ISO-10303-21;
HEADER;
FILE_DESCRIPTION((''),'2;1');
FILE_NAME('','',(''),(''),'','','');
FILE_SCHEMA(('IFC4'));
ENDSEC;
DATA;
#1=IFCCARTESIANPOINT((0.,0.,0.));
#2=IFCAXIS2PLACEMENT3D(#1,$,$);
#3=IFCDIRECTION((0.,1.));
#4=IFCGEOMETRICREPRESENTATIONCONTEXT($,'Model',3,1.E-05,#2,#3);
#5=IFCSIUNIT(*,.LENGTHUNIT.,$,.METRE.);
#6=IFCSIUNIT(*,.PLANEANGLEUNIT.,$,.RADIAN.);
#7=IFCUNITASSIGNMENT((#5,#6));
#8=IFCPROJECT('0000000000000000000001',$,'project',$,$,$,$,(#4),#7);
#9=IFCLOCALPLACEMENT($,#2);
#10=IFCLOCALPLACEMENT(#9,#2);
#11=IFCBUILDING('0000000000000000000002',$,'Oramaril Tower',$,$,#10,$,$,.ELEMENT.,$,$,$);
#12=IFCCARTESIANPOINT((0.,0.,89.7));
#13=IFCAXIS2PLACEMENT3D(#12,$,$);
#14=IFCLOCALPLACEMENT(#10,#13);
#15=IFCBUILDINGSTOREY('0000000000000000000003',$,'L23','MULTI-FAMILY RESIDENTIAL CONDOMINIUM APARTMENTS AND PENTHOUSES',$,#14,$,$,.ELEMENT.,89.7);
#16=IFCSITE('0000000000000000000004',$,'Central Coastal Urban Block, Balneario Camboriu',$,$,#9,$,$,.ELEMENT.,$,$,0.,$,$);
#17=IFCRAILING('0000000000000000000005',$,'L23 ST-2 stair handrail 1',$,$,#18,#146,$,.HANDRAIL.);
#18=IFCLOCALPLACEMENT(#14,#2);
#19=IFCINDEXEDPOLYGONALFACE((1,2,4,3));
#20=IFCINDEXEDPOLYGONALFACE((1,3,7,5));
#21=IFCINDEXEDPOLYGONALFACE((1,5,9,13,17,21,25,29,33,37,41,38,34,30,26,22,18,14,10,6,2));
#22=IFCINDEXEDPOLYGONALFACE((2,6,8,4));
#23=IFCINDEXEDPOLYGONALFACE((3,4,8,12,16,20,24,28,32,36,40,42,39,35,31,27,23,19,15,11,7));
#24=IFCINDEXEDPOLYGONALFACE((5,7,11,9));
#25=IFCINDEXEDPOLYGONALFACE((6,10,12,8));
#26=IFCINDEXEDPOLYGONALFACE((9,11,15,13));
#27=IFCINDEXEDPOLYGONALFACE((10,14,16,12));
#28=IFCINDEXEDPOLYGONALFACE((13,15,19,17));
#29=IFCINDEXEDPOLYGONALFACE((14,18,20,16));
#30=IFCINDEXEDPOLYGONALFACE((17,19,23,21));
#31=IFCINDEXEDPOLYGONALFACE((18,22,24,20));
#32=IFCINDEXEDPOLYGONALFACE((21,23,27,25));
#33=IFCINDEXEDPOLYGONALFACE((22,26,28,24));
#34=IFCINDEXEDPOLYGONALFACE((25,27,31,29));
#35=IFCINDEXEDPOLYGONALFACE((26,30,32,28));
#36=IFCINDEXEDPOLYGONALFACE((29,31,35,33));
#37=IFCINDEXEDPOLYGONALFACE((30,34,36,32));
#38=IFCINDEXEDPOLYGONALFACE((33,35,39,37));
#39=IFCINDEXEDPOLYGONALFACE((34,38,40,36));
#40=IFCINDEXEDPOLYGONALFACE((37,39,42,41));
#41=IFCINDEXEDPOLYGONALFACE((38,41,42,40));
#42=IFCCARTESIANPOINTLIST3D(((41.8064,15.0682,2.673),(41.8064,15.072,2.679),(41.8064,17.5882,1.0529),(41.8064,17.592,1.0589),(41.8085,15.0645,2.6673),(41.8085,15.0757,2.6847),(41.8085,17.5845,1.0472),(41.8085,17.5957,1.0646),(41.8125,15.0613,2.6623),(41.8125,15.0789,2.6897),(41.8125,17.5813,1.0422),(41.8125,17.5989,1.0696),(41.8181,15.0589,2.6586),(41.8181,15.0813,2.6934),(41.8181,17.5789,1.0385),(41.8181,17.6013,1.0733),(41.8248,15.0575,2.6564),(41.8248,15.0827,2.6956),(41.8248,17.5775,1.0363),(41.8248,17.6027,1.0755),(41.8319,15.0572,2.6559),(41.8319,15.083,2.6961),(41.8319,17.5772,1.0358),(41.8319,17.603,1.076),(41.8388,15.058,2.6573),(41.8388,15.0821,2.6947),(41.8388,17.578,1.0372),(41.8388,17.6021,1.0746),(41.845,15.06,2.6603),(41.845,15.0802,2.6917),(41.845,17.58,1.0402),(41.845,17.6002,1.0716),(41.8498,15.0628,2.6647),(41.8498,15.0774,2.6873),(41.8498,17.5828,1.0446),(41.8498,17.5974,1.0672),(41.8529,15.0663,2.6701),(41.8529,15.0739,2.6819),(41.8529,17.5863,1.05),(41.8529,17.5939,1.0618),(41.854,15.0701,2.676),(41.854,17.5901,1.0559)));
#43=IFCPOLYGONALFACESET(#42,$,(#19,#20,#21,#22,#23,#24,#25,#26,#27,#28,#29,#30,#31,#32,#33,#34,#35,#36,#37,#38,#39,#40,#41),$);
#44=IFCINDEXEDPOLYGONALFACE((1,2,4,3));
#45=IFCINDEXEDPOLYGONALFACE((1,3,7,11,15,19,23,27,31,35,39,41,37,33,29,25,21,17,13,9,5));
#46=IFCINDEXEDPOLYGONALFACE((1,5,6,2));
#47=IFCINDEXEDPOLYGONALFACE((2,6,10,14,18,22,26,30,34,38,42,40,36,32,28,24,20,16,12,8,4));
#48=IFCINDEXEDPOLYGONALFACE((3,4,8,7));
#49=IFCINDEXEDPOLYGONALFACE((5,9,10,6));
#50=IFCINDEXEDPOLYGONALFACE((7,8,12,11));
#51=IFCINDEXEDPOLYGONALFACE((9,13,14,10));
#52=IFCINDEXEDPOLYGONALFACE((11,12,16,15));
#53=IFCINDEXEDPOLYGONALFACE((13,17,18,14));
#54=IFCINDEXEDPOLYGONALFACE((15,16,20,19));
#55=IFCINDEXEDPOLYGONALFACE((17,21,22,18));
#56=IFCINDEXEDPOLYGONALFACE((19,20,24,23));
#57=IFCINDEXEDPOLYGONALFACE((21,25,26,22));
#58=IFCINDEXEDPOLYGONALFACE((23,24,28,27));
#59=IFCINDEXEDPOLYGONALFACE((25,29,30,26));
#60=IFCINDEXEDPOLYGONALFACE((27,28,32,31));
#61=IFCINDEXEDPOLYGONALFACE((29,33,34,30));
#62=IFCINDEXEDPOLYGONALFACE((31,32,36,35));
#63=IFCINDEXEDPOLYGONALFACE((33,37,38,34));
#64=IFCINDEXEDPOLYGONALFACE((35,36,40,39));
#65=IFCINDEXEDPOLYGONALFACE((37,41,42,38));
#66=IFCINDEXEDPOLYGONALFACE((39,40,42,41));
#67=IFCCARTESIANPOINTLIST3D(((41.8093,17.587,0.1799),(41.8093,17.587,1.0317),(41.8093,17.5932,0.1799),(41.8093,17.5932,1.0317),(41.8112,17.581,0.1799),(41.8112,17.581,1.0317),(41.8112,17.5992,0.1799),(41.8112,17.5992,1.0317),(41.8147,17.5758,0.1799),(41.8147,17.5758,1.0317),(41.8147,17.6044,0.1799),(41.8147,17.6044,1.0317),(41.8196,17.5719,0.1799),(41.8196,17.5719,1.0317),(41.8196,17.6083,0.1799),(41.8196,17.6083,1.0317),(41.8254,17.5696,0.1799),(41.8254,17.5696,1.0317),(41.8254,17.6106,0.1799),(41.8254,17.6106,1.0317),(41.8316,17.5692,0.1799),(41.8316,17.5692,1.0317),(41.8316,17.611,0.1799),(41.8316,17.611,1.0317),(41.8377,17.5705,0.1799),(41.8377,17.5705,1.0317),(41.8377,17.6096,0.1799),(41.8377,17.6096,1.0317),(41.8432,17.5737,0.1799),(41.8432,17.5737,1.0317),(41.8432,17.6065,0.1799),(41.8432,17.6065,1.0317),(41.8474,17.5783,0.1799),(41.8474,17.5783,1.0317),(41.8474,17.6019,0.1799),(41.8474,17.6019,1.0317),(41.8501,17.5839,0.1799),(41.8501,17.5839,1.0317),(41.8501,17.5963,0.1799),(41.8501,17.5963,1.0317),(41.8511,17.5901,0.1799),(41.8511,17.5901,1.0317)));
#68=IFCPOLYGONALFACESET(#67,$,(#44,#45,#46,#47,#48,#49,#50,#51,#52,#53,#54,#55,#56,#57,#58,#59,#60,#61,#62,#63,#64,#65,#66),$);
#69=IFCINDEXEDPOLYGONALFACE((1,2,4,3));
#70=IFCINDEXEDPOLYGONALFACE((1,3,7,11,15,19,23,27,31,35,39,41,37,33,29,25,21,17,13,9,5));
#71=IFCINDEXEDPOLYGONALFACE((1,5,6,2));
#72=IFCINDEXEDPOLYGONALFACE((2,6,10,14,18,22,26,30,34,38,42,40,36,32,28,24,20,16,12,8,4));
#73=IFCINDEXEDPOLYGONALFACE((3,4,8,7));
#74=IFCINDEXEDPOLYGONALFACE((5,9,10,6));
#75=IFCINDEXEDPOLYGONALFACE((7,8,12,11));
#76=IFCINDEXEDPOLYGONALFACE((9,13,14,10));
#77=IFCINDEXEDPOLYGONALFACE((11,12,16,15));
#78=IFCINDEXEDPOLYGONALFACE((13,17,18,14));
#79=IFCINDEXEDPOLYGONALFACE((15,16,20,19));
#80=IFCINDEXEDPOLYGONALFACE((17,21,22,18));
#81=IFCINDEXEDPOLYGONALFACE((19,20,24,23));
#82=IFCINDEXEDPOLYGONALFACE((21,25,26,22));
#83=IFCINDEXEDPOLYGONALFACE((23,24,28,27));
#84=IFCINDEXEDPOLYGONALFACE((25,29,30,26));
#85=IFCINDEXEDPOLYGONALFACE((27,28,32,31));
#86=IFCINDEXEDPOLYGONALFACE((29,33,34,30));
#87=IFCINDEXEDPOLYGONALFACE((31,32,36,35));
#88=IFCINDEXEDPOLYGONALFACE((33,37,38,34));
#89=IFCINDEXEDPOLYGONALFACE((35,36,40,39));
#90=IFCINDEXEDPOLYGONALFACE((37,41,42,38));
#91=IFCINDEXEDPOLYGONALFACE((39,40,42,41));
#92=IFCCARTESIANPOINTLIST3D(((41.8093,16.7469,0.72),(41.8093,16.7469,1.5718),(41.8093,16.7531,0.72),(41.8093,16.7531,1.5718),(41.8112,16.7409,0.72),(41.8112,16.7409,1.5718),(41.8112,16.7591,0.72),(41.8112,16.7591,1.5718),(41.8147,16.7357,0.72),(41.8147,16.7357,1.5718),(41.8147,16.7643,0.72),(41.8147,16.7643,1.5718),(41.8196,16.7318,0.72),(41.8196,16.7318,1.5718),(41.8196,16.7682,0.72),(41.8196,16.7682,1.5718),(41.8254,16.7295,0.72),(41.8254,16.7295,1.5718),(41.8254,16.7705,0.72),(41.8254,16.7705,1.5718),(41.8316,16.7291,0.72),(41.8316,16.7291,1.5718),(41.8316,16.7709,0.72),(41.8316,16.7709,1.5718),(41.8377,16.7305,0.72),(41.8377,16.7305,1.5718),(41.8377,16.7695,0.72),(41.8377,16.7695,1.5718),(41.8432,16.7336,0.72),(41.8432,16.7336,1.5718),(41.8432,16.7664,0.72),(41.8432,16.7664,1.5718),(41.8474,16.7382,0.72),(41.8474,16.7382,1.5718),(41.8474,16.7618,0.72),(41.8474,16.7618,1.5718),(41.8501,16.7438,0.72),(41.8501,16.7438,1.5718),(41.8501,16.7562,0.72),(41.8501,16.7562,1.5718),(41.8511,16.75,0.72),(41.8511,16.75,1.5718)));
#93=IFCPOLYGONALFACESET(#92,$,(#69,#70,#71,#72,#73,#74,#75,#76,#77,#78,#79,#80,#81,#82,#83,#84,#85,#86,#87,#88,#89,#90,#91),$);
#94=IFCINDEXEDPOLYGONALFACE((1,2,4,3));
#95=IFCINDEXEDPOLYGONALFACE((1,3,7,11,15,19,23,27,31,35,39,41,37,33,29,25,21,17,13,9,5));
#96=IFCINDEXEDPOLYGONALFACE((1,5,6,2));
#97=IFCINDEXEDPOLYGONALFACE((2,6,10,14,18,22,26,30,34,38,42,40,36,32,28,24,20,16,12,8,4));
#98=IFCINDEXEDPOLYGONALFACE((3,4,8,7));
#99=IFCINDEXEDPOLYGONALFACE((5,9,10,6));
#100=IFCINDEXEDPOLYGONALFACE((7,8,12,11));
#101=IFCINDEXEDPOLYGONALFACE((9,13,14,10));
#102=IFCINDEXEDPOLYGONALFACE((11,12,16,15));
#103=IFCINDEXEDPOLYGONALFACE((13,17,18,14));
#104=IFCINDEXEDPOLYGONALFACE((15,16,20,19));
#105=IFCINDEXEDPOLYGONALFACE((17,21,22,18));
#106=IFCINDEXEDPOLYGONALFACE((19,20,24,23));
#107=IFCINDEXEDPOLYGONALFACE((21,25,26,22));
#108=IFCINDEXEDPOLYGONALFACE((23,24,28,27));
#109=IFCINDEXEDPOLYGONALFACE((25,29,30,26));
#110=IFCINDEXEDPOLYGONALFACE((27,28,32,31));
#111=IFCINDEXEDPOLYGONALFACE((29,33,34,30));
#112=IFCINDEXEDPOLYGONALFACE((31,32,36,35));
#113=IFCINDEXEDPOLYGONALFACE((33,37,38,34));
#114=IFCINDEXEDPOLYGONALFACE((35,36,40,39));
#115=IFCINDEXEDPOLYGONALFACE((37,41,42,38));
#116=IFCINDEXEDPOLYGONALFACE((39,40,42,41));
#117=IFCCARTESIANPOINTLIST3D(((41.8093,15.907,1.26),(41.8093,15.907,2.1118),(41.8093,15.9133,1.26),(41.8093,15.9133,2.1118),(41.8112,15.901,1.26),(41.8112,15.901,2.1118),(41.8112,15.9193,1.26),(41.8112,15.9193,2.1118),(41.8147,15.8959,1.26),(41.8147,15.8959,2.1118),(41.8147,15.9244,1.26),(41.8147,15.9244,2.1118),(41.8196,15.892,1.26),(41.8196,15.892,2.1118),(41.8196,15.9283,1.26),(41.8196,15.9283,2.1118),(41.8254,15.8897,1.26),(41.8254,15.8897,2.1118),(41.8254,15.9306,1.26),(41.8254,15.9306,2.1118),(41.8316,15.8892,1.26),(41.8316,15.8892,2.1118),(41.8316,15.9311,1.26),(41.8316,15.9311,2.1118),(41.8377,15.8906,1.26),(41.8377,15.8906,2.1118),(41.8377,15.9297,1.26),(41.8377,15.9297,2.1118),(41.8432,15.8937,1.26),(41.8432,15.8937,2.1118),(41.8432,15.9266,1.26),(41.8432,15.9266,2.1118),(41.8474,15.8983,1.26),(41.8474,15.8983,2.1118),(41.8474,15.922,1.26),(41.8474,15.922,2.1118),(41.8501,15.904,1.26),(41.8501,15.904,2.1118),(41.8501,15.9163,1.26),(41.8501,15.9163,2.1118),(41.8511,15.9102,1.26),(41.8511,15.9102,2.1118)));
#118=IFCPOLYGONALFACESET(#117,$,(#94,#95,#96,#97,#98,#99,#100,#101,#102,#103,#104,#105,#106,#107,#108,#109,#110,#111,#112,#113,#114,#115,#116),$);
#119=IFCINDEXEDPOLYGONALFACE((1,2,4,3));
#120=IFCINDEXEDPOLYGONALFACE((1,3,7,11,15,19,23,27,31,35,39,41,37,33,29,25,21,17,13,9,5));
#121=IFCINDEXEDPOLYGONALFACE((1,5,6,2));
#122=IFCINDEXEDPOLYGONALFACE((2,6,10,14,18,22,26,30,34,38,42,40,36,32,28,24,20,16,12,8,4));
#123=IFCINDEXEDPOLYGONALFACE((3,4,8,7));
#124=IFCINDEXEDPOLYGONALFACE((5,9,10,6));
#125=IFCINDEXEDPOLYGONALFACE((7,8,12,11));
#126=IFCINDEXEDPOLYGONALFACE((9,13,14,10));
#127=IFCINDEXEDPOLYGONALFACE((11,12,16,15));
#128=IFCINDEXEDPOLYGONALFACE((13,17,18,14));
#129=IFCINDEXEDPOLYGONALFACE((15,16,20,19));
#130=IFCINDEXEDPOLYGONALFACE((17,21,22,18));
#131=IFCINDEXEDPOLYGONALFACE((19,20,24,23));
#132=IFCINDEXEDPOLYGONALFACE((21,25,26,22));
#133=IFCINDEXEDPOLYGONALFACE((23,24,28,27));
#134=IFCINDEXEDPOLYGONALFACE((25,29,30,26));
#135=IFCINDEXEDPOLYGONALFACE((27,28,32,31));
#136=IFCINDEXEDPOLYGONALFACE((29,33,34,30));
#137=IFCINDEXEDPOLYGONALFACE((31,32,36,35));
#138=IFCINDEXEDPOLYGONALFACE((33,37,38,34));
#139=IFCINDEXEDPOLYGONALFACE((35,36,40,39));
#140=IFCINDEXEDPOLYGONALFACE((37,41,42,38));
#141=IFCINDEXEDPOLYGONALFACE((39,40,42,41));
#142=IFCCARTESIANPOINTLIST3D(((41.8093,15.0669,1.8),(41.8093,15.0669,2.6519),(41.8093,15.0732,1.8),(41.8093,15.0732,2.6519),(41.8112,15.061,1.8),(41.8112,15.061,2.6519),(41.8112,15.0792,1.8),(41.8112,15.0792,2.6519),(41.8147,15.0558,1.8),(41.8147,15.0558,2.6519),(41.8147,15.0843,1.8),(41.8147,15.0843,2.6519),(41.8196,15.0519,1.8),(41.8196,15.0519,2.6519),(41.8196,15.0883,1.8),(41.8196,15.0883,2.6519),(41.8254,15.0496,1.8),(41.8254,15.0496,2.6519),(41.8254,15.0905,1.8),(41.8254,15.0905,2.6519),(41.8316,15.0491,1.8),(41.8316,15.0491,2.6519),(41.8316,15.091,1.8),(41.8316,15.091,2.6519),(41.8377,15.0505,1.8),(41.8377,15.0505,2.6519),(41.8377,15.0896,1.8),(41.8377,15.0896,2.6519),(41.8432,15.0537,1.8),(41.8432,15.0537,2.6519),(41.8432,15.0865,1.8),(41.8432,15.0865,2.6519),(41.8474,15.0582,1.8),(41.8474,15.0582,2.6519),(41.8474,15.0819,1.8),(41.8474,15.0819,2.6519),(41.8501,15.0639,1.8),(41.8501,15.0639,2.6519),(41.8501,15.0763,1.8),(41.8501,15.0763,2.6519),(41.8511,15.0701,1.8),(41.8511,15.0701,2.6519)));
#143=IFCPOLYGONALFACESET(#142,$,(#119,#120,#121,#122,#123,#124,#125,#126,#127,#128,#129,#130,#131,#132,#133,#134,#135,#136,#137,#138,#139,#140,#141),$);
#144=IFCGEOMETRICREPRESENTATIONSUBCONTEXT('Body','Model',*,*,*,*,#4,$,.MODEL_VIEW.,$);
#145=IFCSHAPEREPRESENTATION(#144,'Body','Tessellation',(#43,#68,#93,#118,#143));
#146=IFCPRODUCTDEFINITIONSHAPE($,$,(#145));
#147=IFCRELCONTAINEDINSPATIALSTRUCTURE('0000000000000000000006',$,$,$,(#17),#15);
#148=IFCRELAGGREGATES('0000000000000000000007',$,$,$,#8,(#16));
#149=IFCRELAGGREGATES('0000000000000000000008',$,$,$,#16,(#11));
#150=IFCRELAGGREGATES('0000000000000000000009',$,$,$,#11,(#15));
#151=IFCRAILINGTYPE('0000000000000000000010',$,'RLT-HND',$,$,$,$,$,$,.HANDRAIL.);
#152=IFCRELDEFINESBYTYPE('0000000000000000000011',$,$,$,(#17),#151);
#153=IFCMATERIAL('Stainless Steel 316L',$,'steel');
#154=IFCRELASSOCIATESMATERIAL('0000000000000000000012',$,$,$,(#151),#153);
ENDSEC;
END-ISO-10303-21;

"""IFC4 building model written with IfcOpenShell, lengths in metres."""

from ifc_helpers import new_model, si_unit, direction, frame, origin, origin_2d, place, context, subcontext, project, spatial, circle, extrude, material, type_object, element, save


model = new_model("IFC4")

# Units and contexts
model_context = context("Model", 3, precision=1e-05, world=origin(), true_north=direction((0.0, 1.0)))
body_context = subcontext(model_context, "Body", "Model", "MODEL_VIEW")
ifc_project = project(units=[si_unit("LENGTHUNIT", "METRE"), si_unit("PLANEANGLEUNIT", "RADIAN")], contexts=[model_context])

# Site, building, storey
site_placement = place(None, origin())
site = spatial("IfcSite", under=ifc_project, at=site_placement, Name="Central Coastal Urban Block, Balneario Camboriu", CompositionType="ELEMENT", RefElevation=0.0)
building_placement = place(site_placement, origin())
building = spatial("IfcBuilding", under=site, at=building_placement, Name="Oramaril Tower", CompositionType="ELEMENT")
storey_placement = place(building_placement, frame((0.0, 0.0, 89.7)))
storey = spatial("IfcBuildingStorey", under=building, at=storey_placement, Name="L23", Description="MULTI-FAMILY RESIDENTIAL CONDOMINIUM APARTMENTS AND PENTHOUSES", CompositionType="ELEMENT", Elevation=89.7)

# Railing
ifc_material_1 = material(Name="Stainless Steel 316L", Category="steel")
railing_type_1 = type_object("IfcRailingType", Name="RLT-HND", PredefinedType="HANDRAIL", material=ifc_material_1)
railing_1_placement = place(storey_placement, frame((41.8301, 17.5901, 0.1799)))
element("IfcRailing", 1, at=railing_1_placement, inside=storey, type_object=railing_type_1, Name="L23 ST-2 stair handrail 1", PredefinedType="HANDRAIL", context=body_context, shape_type="SweptSolid", body=[
    extrude(circle(Radius=0.0239, at=origin_2d()), frame((0.0, 0.0, 0.876), z_axis=(0.0, -0.841163, 0.540782), x_axis=(1.0, 0.0, 0.0)), (0.0, 0.0, 1.0), 2.9958),
    extrude(circle(Radius=0.021, at=origin_2d()), origin(), (0.0, 0.0, 1.0), 0.8518),
    extrude(circle(Radius=0.021, at=origin_2d()), frame((0.0, -0.8401, 0.54)), (0.0, 0.0, 1.0), 0.8518),
    extrude(circle(Radius=0.021, at=origin_2d()), frame((0.0, -1.6799, 1.0801)), (0.0, 0.0, 1.0), 0.8518),
    extrude(circle(Radius=0.021, at=origin_2d()), frame((0.0, -2.52, 1.6201)), (0.0, 0.0, 1.0), 0.8518),
])

save(model, "model.ifc")
